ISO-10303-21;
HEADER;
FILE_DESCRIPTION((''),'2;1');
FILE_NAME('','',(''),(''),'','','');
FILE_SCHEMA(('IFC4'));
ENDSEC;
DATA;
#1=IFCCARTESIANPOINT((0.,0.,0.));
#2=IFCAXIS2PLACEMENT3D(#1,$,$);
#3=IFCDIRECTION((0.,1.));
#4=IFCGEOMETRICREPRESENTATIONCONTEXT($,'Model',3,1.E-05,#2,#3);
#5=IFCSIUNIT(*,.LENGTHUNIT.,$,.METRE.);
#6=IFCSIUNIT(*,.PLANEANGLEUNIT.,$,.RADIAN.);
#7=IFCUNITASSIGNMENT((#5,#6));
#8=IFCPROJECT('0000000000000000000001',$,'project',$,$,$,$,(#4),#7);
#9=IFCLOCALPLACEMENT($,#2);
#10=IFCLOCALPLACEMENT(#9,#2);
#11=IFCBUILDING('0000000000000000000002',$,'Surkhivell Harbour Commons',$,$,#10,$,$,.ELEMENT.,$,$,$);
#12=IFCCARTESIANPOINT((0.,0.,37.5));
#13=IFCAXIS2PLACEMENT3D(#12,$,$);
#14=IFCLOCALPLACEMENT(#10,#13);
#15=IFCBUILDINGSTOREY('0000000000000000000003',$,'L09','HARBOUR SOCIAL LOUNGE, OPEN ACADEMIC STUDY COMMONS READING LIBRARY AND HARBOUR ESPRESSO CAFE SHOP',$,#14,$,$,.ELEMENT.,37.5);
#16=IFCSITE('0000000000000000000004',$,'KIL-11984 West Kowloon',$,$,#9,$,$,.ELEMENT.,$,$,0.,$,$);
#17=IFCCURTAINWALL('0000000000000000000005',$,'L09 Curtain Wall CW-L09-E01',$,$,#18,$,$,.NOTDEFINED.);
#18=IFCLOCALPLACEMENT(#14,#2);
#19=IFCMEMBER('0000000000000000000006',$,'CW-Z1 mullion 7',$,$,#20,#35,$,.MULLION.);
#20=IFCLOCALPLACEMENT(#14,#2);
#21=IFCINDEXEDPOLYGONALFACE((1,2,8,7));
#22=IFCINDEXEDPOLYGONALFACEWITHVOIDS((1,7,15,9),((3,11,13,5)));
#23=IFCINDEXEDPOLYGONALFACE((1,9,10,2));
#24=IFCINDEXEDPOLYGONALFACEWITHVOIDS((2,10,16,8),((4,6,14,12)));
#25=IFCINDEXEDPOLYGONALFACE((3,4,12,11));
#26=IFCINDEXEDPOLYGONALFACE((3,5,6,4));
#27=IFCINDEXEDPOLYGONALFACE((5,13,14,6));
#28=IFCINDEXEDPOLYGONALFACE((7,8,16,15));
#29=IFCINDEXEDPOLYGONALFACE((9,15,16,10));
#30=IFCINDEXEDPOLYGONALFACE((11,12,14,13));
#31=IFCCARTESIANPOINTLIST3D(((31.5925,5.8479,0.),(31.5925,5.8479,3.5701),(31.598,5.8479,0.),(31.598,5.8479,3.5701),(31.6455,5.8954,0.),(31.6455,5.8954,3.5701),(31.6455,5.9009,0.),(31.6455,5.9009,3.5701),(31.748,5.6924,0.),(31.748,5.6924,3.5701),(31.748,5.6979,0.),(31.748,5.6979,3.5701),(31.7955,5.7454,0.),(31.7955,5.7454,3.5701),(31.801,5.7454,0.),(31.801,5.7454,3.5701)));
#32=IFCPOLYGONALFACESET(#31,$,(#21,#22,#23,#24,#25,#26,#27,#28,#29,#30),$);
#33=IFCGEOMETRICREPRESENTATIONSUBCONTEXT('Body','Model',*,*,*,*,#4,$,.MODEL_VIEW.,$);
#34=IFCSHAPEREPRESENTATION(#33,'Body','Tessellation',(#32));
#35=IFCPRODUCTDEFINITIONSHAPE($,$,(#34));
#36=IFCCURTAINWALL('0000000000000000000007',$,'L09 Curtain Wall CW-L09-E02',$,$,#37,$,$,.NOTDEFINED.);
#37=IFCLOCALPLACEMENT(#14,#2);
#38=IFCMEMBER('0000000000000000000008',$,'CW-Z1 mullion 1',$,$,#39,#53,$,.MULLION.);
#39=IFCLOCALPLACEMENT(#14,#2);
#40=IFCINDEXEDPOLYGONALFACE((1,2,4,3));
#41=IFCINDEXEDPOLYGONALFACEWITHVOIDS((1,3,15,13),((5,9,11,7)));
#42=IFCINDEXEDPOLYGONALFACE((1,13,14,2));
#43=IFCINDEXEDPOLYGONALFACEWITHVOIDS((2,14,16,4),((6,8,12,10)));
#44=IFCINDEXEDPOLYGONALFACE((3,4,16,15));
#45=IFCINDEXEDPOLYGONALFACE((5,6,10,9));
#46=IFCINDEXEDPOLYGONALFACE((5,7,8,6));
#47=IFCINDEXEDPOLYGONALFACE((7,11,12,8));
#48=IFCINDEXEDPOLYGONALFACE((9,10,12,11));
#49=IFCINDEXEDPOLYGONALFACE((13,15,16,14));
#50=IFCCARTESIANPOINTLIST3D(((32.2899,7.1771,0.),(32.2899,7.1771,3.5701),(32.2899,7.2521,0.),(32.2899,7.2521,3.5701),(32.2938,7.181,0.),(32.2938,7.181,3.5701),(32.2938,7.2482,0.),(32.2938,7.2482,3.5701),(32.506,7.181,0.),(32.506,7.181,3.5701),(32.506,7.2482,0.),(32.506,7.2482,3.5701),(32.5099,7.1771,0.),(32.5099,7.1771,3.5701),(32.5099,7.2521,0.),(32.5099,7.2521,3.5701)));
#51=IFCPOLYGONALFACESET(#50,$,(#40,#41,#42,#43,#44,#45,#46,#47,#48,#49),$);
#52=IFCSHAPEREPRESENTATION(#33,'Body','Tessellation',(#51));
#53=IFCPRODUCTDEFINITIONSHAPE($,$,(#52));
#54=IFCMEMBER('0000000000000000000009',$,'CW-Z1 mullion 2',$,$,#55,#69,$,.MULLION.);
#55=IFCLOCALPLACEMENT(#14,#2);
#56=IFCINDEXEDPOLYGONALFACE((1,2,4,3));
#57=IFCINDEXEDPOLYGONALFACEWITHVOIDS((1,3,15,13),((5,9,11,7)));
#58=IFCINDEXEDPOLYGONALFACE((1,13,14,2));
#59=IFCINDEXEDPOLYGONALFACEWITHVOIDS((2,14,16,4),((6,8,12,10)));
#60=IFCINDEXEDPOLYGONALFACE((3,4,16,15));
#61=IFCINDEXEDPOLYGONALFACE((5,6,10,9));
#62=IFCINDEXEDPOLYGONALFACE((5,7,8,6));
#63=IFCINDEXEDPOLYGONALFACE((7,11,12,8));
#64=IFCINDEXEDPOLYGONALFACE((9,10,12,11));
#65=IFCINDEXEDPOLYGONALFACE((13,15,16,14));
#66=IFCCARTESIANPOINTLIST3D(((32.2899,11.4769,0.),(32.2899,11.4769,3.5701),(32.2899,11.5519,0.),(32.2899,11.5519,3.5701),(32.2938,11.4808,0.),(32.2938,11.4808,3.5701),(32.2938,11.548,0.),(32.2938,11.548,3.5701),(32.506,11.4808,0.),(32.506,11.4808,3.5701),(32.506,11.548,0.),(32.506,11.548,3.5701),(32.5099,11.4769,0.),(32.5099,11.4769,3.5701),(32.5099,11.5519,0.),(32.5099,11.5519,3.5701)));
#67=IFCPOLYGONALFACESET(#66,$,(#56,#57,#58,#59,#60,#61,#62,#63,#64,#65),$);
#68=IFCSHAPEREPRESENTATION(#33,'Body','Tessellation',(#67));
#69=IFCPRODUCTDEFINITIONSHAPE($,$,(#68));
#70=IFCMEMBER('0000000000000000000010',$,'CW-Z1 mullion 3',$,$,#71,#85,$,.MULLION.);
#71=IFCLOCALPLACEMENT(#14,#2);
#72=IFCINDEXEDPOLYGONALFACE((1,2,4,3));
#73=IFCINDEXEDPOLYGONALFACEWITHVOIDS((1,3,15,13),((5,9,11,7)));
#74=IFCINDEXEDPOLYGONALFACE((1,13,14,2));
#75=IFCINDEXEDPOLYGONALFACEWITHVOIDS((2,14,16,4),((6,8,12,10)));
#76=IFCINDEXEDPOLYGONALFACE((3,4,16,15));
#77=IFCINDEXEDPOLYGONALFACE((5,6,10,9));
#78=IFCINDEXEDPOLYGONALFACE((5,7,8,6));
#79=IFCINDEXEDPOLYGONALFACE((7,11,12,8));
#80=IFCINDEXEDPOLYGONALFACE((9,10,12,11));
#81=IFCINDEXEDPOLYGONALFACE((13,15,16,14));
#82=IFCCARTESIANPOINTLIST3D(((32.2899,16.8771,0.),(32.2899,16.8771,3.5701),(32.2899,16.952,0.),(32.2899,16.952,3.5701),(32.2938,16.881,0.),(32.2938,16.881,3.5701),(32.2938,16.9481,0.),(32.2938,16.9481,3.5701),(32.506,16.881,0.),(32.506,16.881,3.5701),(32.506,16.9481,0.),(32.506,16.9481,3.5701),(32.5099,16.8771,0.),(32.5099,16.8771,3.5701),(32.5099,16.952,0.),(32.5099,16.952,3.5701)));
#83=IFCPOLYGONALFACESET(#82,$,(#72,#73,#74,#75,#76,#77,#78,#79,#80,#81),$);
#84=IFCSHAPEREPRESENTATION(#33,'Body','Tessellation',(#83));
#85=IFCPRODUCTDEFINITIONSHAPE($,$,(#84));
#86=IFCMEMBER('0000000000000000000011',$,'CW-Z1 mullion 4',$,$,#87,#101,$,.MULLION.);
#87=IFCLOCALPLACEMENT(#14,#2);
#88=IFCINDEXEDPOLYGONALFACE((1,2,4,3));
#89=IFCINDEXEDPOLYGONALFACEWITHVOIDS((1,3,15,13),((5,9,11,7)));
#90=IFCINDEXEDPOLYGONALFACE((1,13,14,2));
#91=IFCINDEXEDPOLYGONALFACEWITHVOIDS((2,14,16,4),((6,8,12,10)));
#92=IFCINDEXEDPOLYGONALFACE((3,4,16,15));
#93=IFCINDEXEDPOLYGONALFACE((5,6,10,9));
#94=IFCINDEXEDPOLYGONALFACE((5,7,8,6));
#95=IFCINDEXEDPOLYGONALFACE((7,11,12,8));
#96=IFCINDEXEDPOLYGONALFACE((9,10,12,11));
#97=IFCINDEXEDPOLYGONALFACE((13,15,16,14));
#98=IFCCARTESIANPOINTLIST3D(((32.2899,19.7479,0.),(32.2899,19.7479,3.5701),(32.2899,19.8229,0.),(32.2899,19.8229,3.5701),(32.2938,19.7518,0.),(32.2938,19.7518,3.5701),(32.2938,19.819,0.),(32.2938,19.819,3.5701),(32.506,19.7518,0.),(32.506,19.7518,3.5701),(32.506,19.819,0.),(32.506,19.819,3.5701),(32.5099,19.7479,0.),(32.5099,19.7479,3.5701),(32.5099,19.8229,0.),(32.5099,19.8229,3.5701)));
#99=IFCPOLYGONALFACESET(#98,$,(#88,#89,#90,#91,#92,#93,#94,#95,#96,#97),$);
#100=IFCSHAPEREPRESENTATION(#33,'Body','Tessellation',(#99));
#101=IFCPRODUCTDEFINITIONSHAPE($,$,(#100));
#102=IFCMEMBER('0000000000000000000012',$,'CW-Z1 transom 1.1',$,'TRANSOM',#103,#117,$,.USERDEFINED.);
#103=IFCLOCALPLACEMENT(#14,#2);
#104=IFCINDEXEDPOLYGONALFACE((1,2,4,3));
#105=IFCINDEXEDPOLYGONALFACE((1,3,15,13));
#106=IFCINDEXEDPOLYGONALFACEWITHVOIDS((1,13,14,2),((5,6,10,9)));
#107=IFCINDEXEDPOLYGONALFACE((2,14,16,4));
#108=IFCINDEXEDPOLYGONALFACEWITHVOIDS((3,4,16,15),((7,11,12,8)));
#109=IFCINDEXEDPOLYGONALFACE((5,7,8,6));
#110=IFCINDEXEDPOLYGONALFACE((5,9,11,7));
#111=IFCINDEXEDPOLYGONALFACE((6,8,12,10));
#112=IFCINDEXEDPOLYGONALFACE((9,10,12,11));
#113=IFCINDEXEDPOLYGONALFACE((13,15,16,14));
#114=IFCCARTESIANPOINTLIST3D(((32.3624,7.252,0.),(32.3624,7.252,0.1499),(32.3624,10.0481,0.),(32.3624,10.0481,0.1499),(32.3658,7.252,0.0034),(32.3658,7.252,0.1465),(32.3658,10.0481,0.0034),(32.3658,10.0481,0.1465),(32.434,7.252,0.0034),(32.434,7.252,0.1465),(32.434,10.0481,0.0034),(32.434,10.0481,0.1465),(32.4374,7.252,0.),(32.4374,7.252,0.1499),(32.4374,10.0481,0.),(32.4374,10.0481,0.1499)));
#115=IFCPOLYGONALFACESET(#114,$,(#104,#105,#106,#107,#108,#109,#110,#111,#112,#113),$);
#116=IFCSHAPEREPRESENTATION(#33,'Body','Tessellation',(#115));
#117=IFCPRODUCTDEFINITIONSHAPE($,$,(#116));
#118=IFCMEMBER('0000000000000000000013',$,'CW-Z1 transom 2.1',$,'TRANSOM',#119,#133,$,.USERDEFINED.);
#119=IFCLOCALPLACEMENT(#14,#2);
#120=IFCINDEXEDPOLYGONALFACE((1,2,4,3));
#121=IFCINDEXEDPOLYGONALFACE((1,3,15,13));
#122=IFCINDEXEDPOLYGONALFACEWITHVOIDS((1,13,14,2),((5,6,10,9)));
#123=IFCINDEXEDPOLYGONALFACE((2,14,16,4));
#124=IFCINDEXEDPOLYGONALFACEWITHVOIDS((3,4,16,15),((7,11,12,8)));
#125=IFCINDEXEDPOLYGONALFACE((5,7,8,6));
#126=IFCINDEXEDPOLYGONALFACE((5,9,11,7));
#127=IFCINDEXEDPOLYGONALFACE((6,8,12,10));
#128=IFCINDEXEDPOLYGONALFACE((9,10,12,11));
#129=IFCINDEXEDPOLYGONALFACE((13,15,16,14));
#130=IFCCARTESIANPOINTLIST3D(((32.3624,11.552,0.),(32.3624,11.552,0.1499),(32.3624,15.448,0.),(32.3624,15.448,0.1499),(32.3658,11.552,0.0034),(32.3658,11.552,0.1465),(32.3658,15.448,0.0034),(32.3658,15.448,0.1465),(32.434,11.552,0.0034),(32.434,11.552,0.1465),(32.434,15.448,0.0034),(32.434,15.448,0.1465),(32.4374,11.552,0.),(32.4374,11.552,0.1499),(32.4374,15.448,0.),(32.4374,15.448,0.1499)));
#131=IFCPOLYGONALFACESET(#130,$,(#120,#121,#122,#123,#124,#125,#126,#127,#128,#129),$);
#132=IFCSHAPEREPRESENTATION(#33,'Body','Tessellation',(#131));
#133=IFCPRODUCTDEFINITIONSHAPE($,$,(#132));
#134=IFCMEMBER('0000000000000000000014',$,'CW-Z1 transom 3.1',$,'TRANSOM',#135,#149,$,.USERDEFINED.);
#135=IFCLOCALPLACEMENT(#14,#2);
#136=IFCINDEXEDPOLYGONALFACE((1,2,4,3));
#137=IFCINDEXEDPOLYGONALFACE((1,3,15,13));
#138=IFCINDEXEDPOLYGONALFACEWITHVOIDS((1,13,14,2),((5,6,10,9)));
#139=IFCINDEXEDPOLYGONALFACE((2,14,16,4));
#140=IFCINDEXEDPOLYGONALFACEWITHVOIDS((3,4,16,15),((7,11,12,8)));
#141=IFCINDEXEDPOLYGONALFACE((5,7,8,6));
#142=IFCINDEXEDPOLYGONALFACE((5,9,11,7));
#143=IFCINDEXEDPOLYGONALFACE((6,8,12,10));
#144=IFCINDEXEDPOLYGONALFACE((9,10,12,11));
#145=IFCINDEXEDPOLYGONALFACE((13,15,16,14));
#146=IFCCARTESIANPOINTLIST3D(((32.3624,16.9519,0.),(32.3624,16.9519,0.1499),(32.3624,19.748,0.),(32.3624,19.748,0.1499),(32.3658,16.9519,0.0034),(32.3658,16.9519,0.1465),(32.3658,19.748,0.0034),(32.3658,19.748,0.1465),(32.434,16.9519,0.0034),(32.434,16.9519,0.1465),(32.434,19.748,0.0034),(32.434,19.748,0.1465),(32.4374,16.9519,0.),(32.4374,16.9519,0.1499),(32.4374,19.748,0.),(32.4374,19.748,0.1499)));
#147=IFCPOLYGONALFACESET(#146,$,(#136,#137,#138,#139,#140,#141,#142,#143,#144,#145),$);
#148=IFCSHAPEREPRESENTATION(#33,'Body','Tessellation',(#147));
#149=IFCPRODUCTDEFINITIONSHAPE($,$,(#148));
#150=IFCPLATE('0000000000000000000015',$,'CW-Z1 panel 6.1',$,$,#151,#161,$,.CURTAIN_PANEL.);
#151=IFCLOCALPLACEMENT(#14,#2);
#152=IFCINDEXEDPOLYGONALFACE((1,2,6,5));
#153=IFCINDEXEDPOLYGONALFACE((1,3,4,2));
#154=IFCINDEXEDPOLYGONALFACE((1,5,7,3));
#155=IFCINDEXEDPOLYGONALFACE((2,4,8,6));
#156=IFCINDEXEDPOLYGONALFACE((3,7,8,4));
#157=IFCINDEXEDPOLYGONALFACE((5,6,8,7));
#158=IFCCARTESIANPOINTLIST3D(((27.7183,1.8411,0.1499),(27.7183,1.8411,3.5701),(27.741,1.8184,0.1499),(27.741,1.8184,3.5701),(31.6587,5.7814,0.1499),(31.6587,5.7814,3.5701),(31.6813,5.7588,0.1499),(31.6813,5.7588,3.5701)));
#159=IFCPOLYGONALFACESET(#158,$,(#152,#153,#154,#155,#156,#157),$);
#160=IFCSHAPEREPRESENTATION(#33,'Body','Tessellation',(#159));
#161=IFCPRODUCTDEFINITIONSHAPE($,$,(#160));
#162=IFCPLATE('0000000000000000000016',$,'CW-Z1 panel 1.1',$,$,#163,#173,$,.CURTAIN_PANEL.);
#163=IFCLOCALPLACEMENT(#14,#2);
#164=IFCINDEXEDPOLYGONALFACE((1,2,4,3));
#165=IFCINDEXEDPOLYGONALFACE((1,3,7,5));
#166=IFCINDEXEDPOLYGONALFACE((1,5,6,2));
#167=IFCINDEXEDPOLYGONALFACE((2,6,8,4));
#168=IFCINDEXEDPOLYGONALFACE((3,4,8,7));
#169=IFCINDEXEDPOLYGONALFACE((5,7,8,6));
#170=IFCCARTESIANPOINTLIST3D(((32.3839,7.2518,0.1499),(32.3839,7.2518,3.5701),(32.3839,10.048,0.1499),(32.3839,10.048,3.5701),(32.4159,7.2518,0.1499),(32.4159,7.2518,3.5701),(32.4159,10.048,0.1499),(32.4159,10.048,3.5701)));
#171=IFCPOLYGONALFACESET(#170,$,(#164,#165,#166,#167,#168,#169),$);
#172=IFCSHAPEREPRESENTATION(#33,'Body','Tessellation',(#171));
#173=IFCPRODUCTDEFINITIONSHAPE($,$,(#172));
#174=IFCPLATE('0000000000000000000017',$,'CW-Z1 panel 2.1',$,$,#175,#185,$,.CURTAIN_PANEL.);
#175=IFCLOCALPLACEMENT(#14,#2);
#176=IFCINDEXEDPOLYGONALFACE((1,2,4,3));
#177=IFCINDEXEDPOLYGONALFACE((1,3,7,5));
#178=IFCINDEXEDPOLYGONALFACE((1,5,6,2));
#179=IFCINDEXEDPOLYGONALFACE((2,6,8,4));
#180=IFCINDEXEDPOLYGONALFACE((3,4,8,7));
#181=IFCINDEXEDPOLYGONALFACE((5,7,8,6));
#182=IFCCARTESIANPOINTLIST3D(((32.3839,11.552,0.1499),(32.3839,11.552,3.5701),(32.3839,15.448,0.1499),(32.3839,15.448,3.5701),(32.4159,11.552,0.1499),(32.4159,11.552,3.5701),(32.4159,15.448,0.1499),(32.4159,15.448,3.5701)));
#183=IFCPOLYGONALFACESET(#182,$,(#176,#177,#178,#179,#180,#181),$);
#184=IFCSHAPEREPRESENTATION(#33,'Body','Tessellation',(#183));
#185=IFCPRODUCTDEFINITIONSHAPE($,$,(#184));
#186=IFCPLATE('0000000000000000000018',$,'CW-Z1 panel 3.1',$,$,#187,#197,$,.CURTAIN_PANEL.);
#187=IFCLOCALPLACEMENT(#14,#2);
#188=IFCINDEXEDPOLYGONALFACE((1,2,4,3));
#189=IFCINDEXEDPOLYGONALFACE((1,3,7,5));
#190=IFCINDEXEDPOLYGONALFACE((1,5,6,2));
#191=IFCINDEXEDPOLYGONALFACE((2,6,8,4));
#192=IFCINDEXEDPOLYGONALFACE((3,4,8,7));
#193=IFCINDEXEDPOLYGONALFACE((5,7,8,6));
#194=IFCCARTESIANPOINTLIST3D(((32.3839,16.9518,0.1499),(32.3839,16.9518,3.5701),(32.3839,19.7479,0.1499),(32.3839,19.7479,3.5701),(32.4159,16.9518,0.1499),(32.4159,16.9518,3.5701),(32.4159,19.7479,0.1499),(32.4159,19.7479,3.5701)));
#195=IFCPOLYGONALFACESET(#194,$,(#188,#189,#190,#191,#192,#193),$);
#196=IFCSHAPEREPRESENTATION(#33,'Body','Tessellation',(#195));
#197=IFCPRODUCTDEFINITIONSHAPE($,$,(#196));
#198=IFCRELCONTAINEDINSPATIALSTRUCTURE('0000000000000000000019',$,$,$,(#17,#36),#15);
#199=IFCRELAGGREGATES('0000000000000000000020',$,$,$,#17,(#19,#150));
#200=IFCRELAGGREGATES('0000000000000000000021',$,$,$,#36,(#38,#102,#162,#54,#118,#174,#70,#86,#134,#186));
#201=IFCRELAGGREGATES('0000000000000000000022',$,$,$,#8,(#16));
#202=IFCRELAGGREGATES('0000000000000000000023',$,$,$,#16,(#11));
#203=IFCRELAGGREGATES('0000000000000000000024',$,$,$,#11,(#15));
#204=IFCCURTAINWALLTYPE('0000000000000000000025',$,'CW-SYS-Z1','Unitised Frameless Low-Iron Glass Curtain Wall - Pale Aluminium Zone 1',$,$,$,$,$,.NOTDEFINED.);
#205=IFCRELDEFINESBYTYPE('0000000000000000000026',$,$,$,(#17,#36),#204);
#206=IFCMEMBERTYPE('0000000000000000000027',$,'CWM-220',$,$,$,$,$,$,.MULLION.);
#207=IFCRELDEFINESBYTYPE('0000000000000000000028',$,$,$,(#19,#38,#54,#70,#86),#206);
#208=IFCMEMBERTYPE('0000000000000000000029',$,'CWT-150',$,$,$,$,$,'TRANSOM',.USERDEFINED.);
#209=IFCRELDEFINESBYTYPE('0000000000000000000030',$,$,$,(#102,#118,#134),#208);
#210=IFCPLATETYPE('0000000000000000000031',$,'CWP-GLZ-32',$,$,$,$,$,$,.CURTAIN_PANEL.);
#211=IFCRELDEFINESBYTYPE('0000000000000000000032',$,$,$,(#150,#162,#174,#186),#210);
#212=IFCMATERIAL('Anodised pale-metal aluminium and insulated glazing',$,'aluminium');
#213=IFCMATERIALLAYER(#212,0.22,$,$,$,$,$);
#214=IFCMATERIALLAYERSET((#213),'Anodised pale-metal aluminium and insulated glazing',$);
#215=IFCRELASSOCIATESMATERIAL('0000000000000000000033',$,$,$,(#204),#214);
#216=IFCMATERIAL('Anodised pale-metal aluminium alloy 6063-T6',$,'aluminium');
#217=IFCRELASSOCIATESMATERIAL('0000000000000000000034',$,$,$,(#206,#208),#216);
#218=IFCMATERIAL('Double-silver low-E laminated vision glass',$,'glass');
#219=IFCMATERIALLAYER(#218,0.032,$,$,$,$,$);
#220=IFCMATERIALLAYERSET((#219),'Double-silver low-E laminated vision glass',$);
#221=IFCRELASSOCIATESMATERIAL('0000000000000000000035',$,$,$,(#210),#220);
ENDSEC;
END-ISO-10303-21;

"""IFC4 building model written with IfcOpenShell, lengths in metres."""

from ifc_helpers import new_model, si_unit, direction, frame, frame_2d, origin, origin_2d, place, context, subcontext, project, spatial, rectangle, hollow_rectangle, extrude, material, layer, layer_set, material_profile, profile_set, type_object, element, aggregate, save


model = new_model("IFC4")

# Units and contexts
model_context = context("Model", 3, precision=1e-05, world=origin(), true_north=direction((0.0, 1.0)))
body_context = subcontext(model_context, "Body", "Model", "MODEL_VIEW")
ifc_project = project(units=[si_unit("LENGTHUNIT", "METRE"), si_unit("PLANEANGLEUNIT", "RADIAN")], contexts=[model_context])

# Site, building, storey
site_placement = place(None, origin())
site = spatial("IfcSite", under=ifc_project, at=site_placement, Name="KIL-11984 West Kowloon", CompositionType="ELEMENT", RefElevation=0.0)
building_placement = place(site_placement, origin())
building = spatial("IfcBuilding", under=site, at=building_placement, Name="Surkhivell Harbour Commons", CompositionType="ELEMENT")
storey_placement = place(building_placement, frame((0.0, 0.0, 37.5)))
storey = spatial("IfcBuildingStorey", under=building, at=storey_placement, Name="L09", Description="HARBOUR SOCIAL LOUNGE, OPEN ACADEMIC STUDY COMMONS READING LIBRARY AND HARBOUR ESPRESSO CAFE SHOP", CompositionType="ELEMENT", Elevation=37.5)

# Curtain wall, member
ifc_material_1 = material(Name="Anodised pale-metal aluminium and insulated glazing", Category="aluminium")
ifc_layer_1 = layer(ifc_material_1, 0.22)
ifc_layer_set_1 = layer_set([ifc_layer_1], Name="Anodised pale-metal aluminium and insulated glazing")
curtain_wall_type = type_object("IfcCurtainWallType", Name="CW-SYS-Z1", Description="Unitised Frameless Low-Iron Glass Curtain Wall - Pale Aluminium Zone 1", PredefinedType="NOTDEFINED", material=ifc_layer_set_1)
curtain_wall_1_placement = place(storey_placement, origin())
curtain_wall_1 = element("IfcCurtainWall", 1, at=curtain_wall_1_placement, inside=storey, type_object=curtain_wall_type, Name="L09 Curtain Wall CW-L09-E01", PredefinedType="NOTDEFINED")
ifc_material_2 = material(Name="Anodised pale-metal aluminium alloy 6063-T6", Category="aluminium")
ifc_material_profile_1 = material_profile(ifc_material_2, hollow_rectangle(XDim=0.075, YDim=0.22, WallThickness=0.0039, at=origin_2d()), Name="ALU-MULL-75x220")
ifc_profile_set_1 = profile_set([ifc_material_profile_1], Name="Anodised pale-metal aluminium alloy 6063-T6")
member_type_1 = type_object("IfcMemberType", Name="CWM-220", PredefinedType="MULLION", material=ifc_profile_set_1)
member_1_placement = place(storey_placement, frame((31.6968, 5.7966, 0.0), z_axis=(0.0, 0.0, 1.0), x_axis=(0.707107, 0.707107, 0.0)))
member_1 = element("IfcMember", 2, at=member_1_placement, type_object=member_type_1, Name="CW-Z1 mullion 7", PredefinedType="MULLION", context=body_context, shape_type="SweptSolid", body=[
    extrude(hollow_rectangle(XDim=0.075, YDim=0.22, WallThickness=0.0039, at=origin_2d()), origin(), (0.0, 0.0, 1.0), 3.5701),
])

# Curtain wall, members
curtain_wall_2_placement = place(storey_placement, origin())
curtain_wall_2 = element("IfcCurtainWall", 3, at=curtain_wall_2_placement, inside=storey, type_object=curtain_wall_type, Name="L09 Curtain Wall CW-L09-E02", PredefinedType="NOTDEFINED")
member_2_placement = place(storey_placement, frame((32.3999, 7.2146, 0.0), z_axis=(0.0, 0.0, 1.0), x_axis=(0.0, 1.0, 0.0)))
member_2 = element("IfcMember", 4, at=member_2_placement, type_object=member_type_1, Name="CW-Z1 mullion 1", PredefinedType="MULLION", context=body_context, shape_type="SweptSolid", body=[
    extrude(hollow_rectangle(XDim=0.075, YDim=0.22, WallThickness=0.0039, at=origin_2d()), origin(), (0.0, 0.0, 1.0), 3.5701),
])
member_3_placement = place(storey_placement, frame((32.3999, 11.5144, 0.0), z_axis=(0.0, 0.0, 1.0), x_axis=(0.0, 1.0, 0.0)))
member_3 = element("IfcMember", 5, at=member_3_placement, type_object=member_type_1, Name="CW-Z1 mullion 2", PredefinedType="MULLION", context=body_context, shape_type="SweptSolid", body=[
    extrude(hollow_rectangle(XDim=0.075, YDim=0.22, WallThickness=0.0039, at=origin_2d()), origin(), (0.0, 0.0, 1.0), 3.5701),
])
member_4_placement = place(storey_placement, frame((32.3999, 16.9146, 0.0), z_axis=(0.0, 0.0, 1.0), x_axis=(0.0, 1.0, 0.0)))
member_4 = element("IfcMember", 6, at=member_4_placement, type_object=member_type_1, Name="CW-Z1 mullion 3", PredefinedType="MULLION", context=body_context, shape_type="SweptSolid", body=[
    extrude(hollow_rectangle(XDim=0.075, YDim=0.22, WallThickness=0.0039, at=origin_2d()), origin(), (0.0, 0.0, 1.0), 3.5701),
])
member_5_placement = place(storey_placement, frame((32.3999, 19.7854, 0.0), z_axis=(0.0, 0.0, 1.0), x_axis=(0.0, 1.0, 0.0)))
member_5 = element("IfcMember", 7, at=member_5_placement, type_object=member_type_1, Name="CW-Z1 mullion 4", PredefinedType="MULLION", context=body_context, shape_type="SweptSolid", body=[
    extrude(hollow_rectangle(XDim=0.075, YDim=0.22, WallThickness=0.0039, at=origin_2d()), origin(), (0.0, 0.0, 1.0), 3.5701),
])
ifc_material_profile_2 = material_profile(ifc_material_2, hollow_rectangle(XDim=0.075, YDim=0.1499, WallThickness=0.0034, at=origin_2d()), Name="ALU-TRAN-75x150")
ifc_profile_set_2 = profile_set([ifc_material_profile_2], Name="Anodised pale-metal aluminium alloy 6063-T6")
member_type_2 = type_object("IfcMemberType", Name="CWT-150", ElementType="TRANSOM", PredefinedType="USERDEFINED", material=ifc_profile_set_2)
member_6_placement = place(storey_placement, frame((32.3999, 7.252, 0.075), z_axis=(0.0, 1.0, 0.0), x_axis=(-1.0, 0.0, 0.0)))
member_6 = element("IfcMember", 8, at=member_6_placement, type_object=member_type_2, Name="CW-Z1 transom 1.1", ObjectType="TRANSOM", PredefinedType="USERDEFINED", context=body_context, shape_type="SweptSolid", body=[
    extrude(hollow_rectangle(XDim=0.075, YDim=0.1499, WallThickness=0.0034, at=origin_2d()), origin(), (0.0, 0.0, 1.0), 2.7961),
])
member_7_placement = place(storey_placement, frame((32.3999, 11.552, 0.075), z_axis=(0.0, 1.0, 0.0), x_axis=(-1.0, 0.0, 0.0)))
member_7 = element("IfcMember", 9, at=member_7_placement, type_object=member_type_2, Name="CW-Z1 transom 2.1", ObjectType="TRANSOM", PredefinedType="USERDEFINED", context=body_context, shape_type="SweptSolid", body=[
    extrude(hollow_rectangle(XDim=0.075, YDim=0.1499, WallThickness=0.0034, at=origin_2d()), origin(), (0.0, 0.0, 1.0), 3.896),
])
member_8_placement = place(storey_placement, frame((32.3999, 16.9519, 0.075), z_axis=(0.0, 1.0, 0.0), x_axis=(-1.0, 0.0, 0.0)))
member_8 = element("IfcMember", 10, at=member_8_placement, type_object=member_type_2, Name="CW-Z1 transom 3.1", ObjectType="TRANSOM", PredefinedType="USERDEFINED", context=body_context, shape_type="SweptSolid", body=[
    extrude(hollow_rectangle(XDim=0.075, YDim=0.1499, WallThickness=0.0034, at=origin_2d()), origin(), (0.0, 0.0, 1.0), 2.7961),
])

# Plates
ifc_material_3 = material(Name="Double-silver low-E laminated vision glass", Category="glass")
ifc_layer_2 = layer(ifc_material_3, 0.032)
ifc_layer_set_2 = layer_set([ifc_layer_2], Name="Double-silver low-E laminated vision glass")
plate_type = type_object("IfcPlateType", Name="CWP-GLZ-32", PredefinedType="CURTAIN_PANEL", material=ifc_layer_set_2)
plate_1_placement = place(storey_placement, frame((27.7297, 1.8298, 0.1499), z_axis=(0.0, 0.0, 1.0), x_axis=(0.707107, 0.707107, 0.0)))
plate_1 = element("IfcPlate", 11, at=plate_1_placement, type_object=plate_type, Name="CW-Z1 panel 6.1", PredefinedType="CURTAIN_PANEL", context=body_context, shape_type="SweptSolid", body=[
    extrude(rectangle(XDim=5.5725, YDim=0.032, at=frame_2d((2.7861, 0.0))), origin(), (0.0, 0.0, 1.0), 3.4202),
])
aggregate(curtain_wall_1, [member_1, plate_1])
plate_2_placement = place(storey_placement, frame((32.3999, 7.252, 0.1499), z_axis=(0.0, 0.0, 1.0), x_axis=(0.0, 1.0, 0.0)))
plate_2 = element("IfcPlate", 12, at=plate_2_placement, type_object=plate_type, Name="CW-Z1 panel 1.1", PredefinedType="CURTAIN_PANEL", context=body_context, shape_type="SweptSolid", body=[
    extrude(rectangle(XDim=2.7961, YDim=0.032, at=frame_2d((1.3979, 0.0))), origin(), (0.0, 0.0, 1.0), 3.4202),
])
plate_3_placement = place(storey_placement, frame((32.3999, 11.552, 0.1499), z_axis=(0.0, 0.0, 1.0), x_axis=(0.0, 1.0, 0.0)))
plate_3 = element("IfcPlate", 13, at=plate_3_placement, type_object=plate_type, Name="CW-Z1 panel 2.1", PredefinedType="CURTAIN_PANEL", context=body_context, shape_type="SweptSolid", body=[
    extrude(rectangle(XDim=3.896, YDim=0.032, at=frame_2d((1.948, 0.0))), origin(), (0.0, 0.0, 1.0), 3.4202),
])
plate_4_placement = place(storey_placement, frame((32.3999, 16.9519, 0.1499), z_axis=(0.0, 0.0, 1.0), x_axis=(0.0, 1.0, 0.0)))
plate_4 = element("IfcPlate", 14, at=plate_4_placement, type_object=plate_type, Name="CW-Z1 panel 3.1", PredefinedType="CURTAIN_PANEL", context=body_context, shape_type="SweptSolid", body=[
    extrude(rectangle(XDim=2.7961, YDim=0.032, at=frame_2d((1.3979, 0.0))), origin(), (0.0, 0.0, 1.0), 3.4202),
])
aggregate(curtain_wall_2, [member_2, member_6, plate_2, member_3, member_7, plate_3, member_4, member_5, member_8, plate_4])

save(model, "model.ifc")
